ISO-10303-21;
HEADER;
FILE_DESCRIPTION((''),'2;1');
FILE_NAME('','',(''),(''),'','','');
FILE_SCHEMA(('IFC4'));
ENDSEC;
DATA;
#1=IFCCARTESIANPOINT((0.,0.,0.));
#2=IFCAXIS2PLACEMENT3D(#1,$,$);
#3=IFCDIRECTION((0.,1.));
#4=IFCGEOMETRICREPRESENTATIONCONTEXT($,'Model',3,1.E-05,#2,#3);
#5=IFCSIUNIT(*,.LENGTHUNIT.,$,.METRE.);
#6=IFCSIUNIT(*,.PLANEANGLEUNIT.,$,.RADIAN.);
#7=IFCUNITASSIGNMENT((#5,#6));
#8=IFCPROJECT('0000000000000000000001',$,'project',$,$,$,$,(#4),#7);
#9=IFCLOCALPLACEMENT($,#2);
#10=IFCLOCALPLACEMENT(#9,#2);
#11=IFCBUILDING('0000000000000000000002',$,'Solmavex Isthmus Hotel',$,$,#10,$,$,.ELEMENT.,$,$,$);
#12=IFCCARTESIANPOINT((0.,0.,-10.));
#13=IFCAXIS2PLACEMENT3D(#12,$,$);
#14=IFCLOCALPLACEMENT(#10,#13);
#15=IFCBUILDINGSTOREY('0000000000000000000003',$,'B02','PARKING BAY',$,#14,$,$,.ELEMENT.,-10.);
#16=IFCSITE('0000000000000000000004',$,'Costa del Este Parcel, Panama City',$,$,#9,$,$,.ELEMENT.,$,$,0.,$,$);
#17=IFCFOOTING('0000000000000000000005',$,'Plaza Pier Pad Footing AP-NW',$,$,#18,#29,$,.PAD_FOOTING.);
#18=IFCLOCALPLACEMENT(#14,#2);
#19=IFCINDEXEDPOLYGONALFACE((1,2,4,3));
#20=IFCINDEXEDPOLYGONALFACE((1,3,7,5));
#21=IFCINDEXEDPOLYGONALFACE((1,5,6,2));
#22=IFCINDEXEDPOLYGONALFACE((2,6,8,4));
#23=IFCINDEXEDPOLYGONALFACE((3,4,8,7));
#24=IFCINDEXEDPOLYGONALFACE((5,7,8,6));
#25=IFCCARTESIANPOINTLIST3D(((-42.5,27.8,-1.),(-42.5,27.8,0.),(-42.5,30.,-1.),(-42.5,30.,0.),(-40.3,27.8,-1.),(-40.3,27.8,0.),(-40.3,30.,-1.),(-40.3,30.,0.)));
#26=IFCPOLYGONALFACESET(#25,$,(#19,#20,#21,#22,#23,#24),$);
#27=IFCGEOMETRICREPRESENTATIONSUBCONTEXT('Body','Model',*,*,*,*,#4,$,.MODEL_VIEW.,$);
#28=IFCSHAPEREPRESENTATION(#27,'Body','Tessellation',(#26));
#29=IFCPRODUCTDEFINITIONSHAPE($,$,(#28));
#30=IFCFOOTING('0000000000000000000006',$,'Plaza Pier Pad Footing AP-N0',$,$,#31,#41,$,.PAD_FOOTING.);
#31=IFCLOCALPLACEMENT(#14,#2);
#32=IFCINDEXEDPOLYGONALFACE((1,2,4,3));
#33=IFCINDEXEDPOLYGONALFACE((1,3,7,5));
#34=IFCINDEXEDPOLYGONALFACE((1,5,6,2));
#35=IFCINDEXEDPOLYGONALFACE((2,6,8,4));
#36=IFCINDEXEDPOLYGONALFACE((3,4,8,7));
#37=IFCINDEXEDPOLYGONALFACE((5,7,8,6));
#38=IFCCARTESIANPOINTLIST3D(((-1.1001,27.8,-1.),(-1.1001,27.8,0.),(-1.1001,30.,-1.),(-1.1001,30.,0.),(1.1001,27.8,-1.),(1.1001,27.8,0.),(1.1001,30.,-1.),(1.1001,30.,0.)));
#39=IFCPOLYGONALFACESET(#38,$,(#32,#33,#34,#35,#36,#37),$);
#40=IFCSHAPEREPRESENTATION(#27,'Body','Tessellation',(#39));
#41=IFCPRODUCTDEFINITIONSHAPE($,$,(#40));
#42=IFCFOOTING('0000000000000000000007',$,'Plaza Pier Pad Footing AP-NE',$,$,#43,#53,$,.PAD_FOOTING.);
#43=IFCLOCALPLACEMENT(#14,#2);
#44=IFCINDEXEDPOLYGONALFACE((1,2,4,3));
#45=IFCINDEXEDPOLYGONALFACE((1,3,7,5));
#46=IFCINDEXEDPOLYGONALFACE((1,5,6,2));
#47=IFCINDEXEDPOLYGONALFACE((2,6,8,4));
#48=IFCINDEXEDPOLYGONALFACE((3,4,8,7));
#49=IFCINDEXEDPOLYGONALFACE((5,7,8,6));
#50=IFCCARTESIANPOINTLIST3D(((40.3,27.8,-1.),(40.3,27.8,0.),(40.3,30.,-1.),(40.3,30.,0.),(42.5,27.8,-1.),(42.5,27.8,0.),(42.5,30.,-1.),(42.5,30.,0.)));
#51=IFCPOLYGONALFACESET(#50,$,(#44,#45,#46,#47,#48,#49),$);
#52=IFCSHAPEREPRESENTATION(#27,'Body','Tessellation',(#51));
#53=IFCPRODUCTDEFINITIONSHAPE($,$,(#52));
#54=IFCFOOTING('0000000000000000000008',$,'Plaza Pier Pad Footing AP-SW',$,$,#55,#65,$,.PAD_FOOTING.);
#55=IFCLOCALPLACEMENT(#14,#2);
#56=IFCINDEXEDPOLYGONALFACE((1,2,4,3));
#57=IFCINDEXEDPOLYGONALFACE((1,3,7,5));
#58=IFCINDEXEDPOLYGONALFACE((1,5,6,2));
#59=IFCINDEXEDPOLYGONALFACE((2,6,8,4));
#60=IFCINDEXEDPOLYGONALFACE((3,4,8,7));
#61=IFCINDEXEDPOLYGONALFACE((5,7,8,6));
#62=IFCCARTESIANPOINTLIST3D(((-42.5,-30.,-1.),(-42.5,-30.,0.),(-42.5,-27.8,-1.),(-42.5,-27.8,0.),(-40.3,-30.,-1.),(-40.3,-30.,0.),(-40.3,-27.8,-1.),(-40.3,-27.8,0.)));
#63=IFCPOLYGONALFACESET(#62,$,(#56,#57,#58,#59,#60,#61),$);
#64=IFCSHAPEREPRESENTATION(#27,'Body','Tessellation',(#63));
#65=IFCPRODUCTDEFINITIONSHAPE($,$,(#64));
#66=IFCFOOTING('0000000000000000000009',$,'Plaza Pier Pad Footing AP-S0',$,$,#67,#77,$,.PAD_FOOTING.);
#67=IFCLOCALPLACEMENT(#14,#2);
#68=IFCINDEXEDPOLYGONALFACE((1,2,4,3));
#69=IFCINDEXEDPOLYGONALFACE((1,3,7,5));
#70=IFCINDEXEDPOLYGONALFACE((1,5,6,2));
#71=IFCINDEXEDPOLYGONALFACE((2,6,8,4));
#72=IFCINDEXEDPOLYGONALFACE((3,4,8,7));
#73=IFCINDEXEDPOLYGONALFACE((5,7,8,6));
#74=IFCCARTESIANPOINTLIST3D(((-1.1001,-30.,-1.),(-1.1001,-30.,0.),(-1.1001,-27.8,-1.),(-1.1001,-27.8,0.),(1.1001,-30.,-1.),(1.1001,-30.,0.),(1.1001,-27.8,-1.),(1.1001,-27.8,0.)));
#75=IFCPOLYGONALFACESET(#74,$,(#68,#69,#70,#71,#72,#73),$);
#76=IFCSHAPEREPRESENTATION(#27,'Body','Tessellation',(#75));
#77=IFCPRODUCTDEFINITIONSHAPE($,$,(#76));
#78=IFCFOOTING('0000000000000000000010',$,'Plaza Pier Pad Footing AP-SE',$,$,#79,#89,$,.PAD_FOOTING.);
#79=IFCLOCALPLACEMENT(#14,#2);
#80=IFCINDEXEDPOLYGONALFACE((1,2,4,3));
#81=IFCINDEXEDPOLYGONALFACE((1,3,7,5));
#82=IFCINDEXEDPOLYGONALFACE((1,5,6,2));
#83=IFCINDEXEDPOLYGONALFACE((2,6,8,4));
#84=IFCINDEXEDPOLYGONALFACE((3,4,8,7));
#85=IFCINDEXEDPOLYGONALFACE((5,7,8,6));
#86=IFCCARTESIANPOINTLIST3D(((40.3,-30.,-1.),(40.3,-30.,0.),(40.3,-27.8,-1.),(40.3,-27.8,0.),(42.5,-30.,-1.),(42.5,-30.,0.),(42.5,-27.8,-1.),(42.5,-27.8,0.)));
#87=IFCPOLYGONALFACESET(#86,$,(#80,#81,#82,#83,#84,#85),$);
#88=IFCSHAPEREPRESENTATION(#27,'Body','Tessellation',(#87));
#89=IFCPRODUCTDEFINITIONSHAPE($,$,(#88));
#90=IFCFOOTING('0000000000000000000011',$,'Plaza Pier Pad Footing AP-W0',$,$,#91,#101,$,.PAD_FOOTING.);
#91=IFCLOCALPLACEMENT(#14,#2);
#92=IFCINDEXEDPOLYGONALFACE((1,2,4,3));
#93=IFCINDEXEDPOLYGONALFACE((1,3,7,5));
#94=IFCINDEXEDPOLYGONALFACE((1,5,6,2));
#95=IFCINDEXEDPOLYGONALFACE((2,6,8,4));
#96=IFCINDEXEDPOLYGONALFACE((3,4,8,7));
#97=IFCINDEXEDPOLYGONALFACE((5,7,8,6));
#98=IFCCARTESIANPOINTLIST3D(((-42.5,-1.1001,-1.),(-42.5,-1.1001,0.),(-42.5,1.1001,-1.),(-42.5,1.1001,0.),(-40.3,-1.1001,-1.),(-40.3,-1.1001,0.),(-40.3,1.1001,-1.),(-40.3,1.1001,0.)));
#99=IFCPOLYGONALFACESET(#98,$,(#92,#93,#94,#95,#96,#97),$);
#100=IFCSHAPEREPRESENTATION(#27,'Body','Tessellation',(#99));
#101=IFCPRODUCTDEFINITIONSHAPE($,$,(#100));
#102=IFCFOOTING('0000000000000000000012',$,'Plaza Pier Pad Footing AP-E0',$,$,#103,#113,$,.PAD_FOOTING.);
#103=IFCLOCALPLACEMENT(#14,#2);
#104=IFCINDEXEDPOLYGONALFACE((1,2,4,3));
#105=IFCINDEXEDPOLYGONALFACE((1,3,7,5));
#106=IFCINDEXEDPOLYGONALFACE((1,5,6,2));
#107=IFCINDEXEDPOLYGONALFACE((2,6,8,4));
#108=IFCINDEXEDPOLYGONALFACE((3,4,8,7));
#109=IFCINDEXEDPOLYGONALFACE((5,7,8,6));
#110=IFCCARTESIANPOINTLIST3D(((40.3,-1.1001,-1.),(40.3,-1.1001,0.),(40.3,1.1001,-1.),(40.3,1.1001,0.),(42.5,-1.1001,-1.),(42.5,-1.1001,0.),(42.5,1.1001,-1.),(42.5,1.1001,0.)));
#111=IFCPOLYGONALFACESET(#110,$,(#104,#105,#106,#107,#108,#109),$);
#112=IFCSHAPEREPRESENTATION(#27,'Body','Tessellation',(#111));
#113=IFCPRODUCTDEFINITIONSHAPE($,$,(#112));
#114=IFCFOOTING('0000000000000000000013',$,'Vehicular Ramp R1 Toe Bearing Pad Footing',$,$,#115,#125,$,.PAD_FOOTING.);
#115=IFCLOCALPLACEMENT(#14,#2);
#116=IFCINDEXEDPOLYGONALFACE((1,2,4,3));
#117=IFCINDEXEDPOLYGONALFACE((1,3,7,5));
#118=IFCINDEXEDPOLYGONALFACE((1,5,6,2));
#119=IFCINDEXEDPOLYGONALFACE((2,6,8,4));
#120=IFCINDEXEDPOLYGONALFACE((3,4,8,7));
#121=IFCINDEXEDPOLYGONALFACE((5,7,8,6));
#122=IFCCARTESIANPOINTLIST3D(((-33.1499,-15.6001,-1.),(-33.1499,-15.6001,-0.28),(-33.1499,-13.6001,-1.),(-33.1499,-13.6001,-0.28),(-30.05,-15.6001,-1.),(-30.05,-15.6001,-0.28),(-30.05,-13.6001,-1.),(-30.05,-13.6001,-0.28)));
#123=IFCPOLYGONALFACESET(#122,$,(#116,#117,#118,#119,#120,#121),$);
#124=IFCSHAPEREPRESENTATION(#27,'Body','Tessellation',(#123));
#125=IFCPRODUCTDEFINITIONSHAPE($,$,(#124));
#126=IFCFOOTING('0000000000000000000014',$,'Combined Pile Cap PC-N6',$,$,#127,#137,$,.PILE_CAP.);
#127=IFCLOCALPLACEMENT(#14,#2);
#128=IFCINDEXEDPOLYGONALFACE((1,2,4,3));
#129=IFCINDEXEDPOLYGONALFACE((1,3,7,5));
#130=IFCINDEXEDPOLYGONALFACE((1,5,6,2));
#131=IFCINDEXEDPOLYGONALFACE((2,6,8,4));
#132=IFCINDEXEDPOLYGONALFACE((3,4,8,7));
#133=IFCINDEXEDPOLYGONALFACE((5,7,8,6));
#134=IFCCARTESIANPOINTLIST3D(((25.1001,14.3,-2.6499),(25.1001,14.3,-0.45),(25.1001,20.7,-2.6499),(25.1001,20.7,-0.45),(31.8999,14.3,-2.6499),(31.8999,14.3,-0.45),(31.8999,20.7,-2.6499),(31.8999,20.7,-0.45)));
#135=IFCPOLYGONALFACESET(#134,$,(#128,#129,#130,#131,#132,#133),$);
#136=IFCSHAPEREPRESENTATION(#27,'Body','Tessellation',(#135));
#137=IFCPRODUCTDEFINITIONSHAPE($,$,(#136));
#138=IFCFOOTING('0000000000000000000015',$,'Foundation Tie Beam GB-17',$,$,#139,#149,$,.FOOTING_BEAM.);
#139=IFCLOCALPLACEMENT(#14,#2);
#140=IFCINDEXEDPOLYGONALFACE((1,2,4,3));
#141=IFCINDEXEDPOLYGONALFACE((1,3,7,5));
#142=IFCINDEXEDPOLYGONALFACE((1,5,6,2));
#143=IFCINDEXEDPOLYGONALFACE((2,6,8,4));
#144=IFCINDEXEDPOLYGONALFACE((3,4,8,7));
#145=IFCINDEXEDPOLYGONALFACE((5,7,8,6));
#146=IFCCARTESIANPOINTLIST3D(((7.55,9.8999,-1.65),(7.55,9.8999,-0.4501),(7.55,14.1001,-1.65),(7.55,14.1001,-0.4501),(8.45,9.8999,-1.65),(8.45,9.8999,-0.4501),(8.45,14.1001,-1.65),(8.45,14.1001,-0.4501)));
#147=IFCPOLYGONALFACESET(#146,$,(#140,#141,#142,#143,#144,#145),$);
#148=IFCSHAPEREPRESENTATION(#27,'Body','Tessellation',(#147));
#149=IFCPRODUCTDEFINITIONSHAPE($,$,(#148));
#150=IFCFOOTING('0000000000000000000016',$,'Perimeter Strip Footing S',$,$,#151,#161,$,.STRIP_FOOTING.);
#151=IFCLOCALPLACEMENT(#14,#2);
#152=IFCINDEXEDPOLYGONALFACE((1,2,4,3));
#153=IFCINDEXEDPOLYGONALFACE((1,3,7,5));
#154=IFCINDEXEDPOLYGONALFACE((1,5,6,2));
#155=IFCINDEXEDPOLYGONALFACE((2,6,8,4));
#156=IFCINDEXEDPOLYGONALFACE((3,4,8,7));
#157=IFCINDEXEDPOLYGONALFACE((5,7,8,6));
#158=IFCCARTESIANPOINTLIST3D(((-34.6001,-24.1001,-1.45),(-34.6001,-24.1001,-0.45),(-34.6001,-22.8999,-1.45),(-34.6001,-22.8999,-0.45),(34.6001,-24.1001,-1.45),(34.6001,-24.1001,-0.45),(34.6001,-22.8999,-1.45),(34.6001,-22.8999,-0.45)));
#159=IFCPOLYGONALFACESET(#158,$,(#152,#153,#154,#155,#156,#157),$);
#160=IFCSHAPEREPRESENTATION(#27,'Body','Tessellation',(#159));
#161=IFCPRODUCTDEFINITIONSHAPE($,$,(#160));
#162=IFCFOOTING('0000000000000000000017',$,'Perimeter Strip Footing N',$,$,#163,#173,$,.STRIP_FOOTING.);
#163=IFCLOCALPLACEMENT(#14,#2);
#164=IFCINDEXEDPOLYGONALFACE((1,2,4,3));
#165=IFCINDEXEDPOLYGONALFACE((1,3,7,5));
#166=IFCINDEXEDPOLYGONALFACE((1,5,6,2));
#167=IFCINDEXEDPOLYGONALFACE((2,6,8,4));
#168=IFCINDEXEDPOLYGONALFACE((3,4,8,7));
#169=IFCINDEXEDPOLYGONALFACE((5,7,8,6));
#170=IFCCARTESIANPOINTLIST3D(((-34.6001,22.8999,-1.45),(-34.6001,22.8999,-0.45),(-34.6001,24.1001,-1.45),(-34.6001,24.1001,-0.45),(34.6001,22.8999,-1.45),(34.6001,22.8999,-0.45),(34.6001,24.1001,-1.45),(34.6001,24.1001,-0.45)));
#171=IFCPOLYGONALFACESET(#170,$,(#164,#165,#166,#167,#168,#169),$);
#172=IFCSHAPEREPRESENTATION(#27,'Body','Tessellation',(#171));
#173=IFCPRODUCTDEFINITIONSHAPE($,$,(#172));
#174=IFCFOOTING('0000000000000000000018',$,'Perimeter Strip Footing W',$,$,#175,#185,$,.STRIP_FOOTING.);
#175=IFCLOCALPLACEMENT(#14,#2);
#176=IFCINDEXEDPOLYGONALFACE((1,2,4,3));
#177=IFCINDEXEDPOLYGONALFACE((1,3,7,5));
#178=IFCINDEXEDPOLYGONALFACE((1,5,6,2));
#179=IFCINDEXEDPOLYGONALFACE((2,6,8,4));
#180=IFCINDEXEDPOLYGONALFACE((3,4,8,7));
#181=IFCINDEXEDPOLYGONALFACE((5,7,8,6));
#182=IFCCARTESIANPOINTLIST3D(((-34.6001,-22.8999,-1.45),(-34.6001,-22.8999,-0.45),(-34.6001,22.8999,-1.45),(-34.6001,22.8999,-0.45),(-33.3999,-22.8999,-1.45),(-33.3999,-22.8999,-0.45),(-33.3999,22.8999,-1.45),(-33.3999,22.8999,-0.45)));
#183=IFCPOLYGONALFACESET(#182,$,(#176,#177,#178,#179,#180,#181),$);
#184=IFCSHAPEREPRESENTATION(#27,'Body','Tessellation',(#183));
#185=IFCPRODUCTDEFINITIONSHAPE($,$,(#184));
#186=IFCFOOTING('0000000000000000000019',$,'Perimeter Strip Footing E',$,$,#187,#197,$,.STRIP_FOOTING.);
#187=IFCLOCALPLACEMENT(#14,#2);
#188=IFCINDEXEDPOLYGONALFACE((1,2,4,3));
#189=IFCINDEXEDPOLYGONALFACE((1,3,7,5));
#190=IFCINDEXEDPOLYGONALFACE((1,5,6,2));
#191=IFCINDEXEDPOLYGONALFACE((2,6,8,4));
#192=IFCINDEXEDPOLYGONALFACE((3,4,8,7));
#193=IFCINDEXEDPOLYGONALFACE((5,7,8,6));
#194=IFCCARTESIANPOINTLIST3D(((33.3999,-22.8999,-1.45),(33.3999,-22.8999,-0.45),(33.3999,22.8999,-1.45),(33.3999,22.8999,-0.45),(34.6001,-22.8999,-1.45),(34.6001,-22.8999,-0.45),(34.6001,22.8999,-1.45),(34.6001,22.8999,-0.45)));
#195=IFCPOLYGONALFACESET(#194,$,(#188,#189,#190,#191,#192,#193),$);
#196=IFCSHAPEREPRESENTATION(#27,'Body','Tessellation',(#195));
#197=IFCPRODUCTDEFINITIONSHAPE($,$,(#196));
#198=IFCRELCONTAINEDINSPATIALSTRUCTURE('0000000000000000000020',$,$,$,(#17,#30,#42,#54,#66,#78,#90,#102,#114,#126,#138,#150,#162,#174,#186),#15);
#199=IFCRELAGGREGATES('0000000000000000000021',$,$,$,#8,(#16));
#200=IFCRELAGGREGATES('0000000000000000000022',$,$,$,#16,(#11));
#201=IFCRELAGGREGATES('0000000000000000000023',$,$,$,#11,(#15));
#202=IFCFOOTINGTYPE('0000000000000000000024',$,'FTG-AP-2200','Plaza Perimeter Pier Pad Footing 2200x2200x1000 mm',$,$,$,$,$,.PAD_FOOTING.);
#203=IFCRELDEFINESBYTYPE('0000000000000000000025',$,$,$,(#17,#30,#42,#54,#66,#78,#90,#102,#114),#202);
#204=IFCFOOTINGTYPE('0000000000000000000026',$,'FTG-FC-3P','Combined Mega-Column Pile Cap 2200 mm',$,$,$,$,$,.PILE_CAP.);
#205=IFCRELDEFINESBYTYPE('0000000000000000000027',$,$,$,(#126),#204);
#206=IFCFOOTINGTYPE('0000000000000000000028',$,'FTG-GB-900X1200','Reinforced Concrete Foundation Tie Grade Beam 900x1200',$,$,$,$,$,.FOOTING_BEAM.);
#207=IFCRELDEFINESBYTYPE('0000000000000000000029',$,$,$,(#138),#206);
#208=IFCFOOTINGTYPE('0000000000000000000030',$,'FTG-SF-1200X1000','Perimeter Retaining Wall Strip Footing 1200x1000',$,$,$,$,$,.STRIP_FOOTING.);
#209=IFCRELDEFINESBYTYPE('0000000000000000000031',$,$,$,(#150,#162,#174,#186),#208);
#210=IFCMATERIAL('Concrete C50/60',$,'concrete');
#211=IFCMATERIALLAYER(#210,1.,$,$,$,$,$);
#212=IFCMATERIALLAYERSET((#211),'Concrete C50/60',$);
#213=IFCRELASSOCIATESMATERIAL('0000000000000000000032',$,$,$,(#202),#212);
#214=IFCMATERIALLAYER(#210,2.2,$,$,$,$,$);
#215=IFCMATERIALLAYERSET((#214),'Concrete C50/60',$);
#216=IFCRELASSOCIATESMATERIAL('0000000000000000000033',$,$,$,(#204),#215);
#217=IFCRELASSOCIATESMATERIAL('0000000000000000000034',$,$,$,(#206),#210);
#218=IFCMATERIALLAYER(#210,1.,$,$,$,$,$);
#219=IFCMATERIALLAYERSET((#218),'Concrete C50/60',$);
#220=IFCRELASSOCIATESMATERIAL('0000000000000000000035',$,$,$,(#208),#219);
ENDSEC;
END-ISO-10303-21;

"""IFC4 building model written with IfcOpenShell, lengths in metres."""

from ifc_helpers import new_model, si_unit, direction, frame, origin, origin_2d, place, context, subcontext, project, spatial, polyline, rectangle, outline, extrude, material, layer, layer_set, type_object, element, save


model = new_model("IFC4")

# Units and contexts
model_context = context("Model", 3, precision=1e-05, world=origin(), true_north=direction((0.0, 1.0)))
body_context = subcontext(model_context, "Body", "Model", "MODEL_VIEW")
ifc_project = project(units=[si_unit("LENGTHUNIT", "METRE"), si_unit("PLANEANGLEUNIT", "RADIAN")], contexts=[model_context])

# Site, building, storey
site_placement = place(None, origin())
site = spatial("IfcSite", under=ifc_project, at=site_placement, Name="Costa del Este Parcel, Panama City", CompositionType="ELEMENT", RefElevation=0.0)
building_placement = place(site_placement, origin())
building = spatial("IfcBuilding", under=site, at=building_placement, Name="Solmavex Isthmus Hotel", CompositionType="ELEMENT")
storey_placement = place(building_placement, frame((0.0, 0.0, -10.0)))
storey = spatial("IfcBuildingStorey", under=building, at=storey_placement, Name="B02", Description="PARKING BAY", CompositionType="ELEMENT", Elevation=-10.0)

# Footings
ifc_material_1 = material(Name="Concrete C50/60", Category="concrete")
ifc_layer_1 = layer(ifc_material_1, 1.0)
ifc_layer_set_1 = layer_set([ifc_layer_1], Name="Concrete C50/60")
footing_type_1 = type_object("IfcFootingType", Name="FTG-AP-2200", Description="Plaza Perimeter Pier Pad Footing 2200x2200x1000 mm", PredefinedType="PAD_FOOTING", material=ifc_layer_set_1)
footing_1_placement = place(storey_placement, frame((0.0, 0.0, -1.0)))
element("IfcFooting", 1, at=footing_1_placement, inside=storey, type_object=footing_type_1, Name="Plaza Pier Pad Footing AP-NW", PredefinedType="PAD_FOOTING", context=body_context, shape_type="SweptSolid", body=[
    extrude(outline(polyline([(-42.5, 27.8), (-40.3, 27.8), (-40.3, 30.0), (-42.5, 30.0), (-42.5, 27.8)])), origin(), (0.0, 0.0, 1.0), 1.0),
])
footing_2_placement = place(storey_placement, frame((0.0, 0.0, -1.0)))
element("IfcFooting", 2, at=footing_2_placement, inside=storey, type_object=footing_type_1, Name="Plaza Pier Pad Footing AP-N0", PredefinedType="PAD_FOOTING", context=body_context, shape_type="SweptSolid", body=[
    extrude(outline(polyline([(-1.1001, 27.8), (1.1001, 27.8), (1.1001, 30.0), (-1.1001, 30.0), (-1.1001, 27.8)])), origin(), (0.0, 0.0, 1.0), 1.0),
])
footing_3_placement = place(storey_placement, frame((0.0, 0.0, -1.0)))
element("IfcFooting", 3, at=footing_3_placement, inside=storey, type_object=footing_type_1, Name="Plaza Pier Pad Footing AP-NE", PredefinedType="PAD_FOOTING", context=body_context, shape_type="SweptSolid", body=[
    extrude(outline(polyline([(40.3, 27.8), (42.5, 27.8), (42.5, 30.0), (40.3, 30.0), (40.3, 27.8)])), origin(), (0.0, 0.0, 1.0), 1.0),
])
footing_4_placement = place(storey_placement, frame((0.0, 0.0, -1.0)))
element("IfcFooting", 4, at=footing_4_placement, inside=storey, type_object=footing_type_1, Name="Plaza Pier Pad Footing AP-SW", PredefinedType="PAD_FOOTING", context=body_context, shape_type="SweptSolid", body=[
    extrude(outline(polyline([(-42.5, -30.0), (-40.3, -30.0), (-40.3, -27.8), (-42.5, -27.8), (-42.5, -30.0)])), origin(), (0.0, 0.0, 1.0), 1.0),
])
footing_5_placement = place(storey_placement, frame((0.0, 0.0, -1.0)))
element("IfcFooting", 5, at=footing_5_placement, inside=storey, type_object=footing_type_1, Name="Plaza Pier Pad Footing AP-S0", PredefinedType="PAD_FOOTING", context=body_context, shape_type="SweptSolid", body=[
    extrude(outline(polyline([(-1.1001, -30.0), (1.1001, -30.0), (1.1001, -27.8), (-1.1001, -27.8), (-1.1001, -30.0)])), origin(), (0.0, 0.0, 1.0), 1.0),
])
footing_6_placement = place(storey_placement, frame((0.0, 0.0, -1.0)))
element("IfcFooting", 6, at=footing_6_placement, inside=storey, type_object=footing_type_1, Name="Plaza Pier Pad Footing AP-SE", PredefinedType="PAD_FOOTING", context=body_context, shape_type="SweptSolid", body=[
    extrude(outline(polyline([(40.3, -30.0), (42.5, -30.0), (42.5, -27.8), (40.3, -27.8), (40.3, -30.0)])), origin(), (0.0, 0.0, 1.0), 1.0),
])
footing_7_placement = place(storey_placement, frame((0.0, 0.0, -1.0)))
element("IfcFooting", 7, at=footing_7_placement, inside=storey, type_object=footing_type_1, Name="Plaza Pier Pad Footing AP-W0", PredefinedType="PAD_FOOTING", context=body_context, shape_type="SweptSolid", body=[
    extrude(outline(polyline([(-42.5, -1.1001), (-40.3, -1.1001), (-40.3, 1.1001), (-42.5, 1.1001), (-42.5, -1.1001)])), origin(), (0.0, 0.0, 1.0), 1.0),
])
footing_8_placement = place(storey_placement, frame((0.0, 0.0, -1.0)))
element("IfcFooting", 8, at=footing_8_placement, inside=storey, type_object=footing_type_1, Name="Plaza Pier Pad Footing AP-E0", PredefinedType="PAD_FOOTING", context=body_context, shape_type="SweptSolid", body=[
    extrude(outline(polyline([(40.3, -1.1001), (42.5, -1.1001), (42.5, 1.1001), (40.3, 1.1001), (40.3, -1.1001)])), origin(), (0.0, 0.0, 1.0), 1.0),
])
footing_9_placement = place(storey_placement, frame((0.0, 0.0, -1.0)))
element("IfcFooting", 9, at=footing_9_placement, inside=storey, type_object=footing_type_1, Name="Vehicular Ramp R1 Toe Bearing Pad Footing", PredefinedType="PAD_FOOTING", context=body_context, shape_type="SweptSolid", body=[
    extrude(outline(polyline([(-33.1499, -15.6001), (-30.05, -15.6001), (-30.05, -13.6001), (-33.1499, -13.6001), (-33.1499, -15.6001)])), origin(), (0.0, 0.0, 1.0), 0.72),
])
ifc_layer_2 = layer(ifc_material_1, 2.2)
ifc_layer_set_2 = layer_set([ifc_layer_2], Name="Concrete C50/60")
footing_type_2 = type_object("IfcFootingType", Name="FTG-FC-3P", Description="Combined Mega-Column Pile Cap 2200 mm", PredefinedType="PILE_CAP", material=ifc_layer_set_2)
footing_10_placement = place(storey_placement, frame((0.0, 0.0, -2.6499)))
element("IfcFooting", 10, at=footing_10_placement, inside=storey, type_object=footing_type_2, Name="Combined Pile Cap PC-N6", PredefinedType="PILE_CAP", context=body_context, shape_type="SweptSolid", body=[
    extrude(outline(polyline([(25.1001, 14.3), (31.8999, 14.3), (31.8999, 20.7), (25.1001, 20.7), (25.1001, 14.3)])), origin(), (0.0, 0.0, 1.0), 2.2),
])
footing_type_3 = type_object("IfcFootingType", Name="FTG-GB-900X1200", Description="Reinforced Concrete Foundation Tie Grade Beam 900x1200", PredefinedType="FOOTING_BEAM", material=ifc_material_1)
footing_11_placement = place(storey_placement, frame((8.0, 9.8999, -1.05), z_axis=(0.0, 1.0, 0.0), x_axis=(-1.0, 0.0, 0.0)))
element("IfcFooting", 11, at=footing_11_placement, inside=storey, type_object=footing_type_3, Name="Foundation Tie Beam GB-17", PredefinedType="FOOTING_BEAM", context=body_context, shape_type="SweptSolid", body=[
    extrude(rectangle(XDim=0.8999, YDim=1.2, at=origin_2d()), origin(), (0.0, 0.0, 1.0), 4.2002),
])
ifc_layer_3 = layer(ifc_material_1, 1.0)
ifc_layer_set_3 = layer_set([ifc_layer_3], Name="Concrete C50/60")
footing_type_4 = type_object("IfcFootingType", Name="FTG-SF-1200X1000", Description="Perimeter Retaining Wall Strip Footing 1200x1000", PredefinedType="STRIP_FOOTING", material=ifc_layer_set_3)
footing_12_placement = place(storey_placement, frame((0.0, 0.0, -1.45)))
element("IfcFooting", 12, at=footing_12_placement, inside=storey, type_object=footing_type_4, Name="Perimeter Strip Footing S", PredefinedType="STRIP_FOOTING", context=body_context, shape_type="SweptSolid", body=[
    extrude(outline(polyline([(-34.6001, -24.1001), (34.6001, -24.1001), (34.6001, -22.8999), (-34.6001, -22.8999), (-34.6001, -24.1001)])), origin(), (0.0, 0.0, 1.0), 1.0),
])
footing_13_placement = place(storey_placement, frame((0.0, 0.0, -1.45)))
element("IfcFooting", 13, at=footing_13_placement, inside=storey, type_object=footing_type_4, Name="Perimeter Strip Footing N", PredefinedType="STRIP_FOOTING", context=body_context, shape_type="SweptSolid", body=[
    extrude(outline(polyline([(-34.6001, 22.8999), (34.6001, 22.8999), (34.6001, 24.1001), (-34.6001, 24.1001), (-34.6001, 22.8999)])), origin(), (0.0, 0.0, 1.0), 1.0),
])
footing_14_placement = place(storey_placement, frame((0.0, 0.0, -1.45)))
element("IfcFooting", 14, at=footing_14_placement, inside=storey, type_object=footing_type_4, Name="Perimeter Strip Footing W", PredefinedType="STRIP_FOOTING", context=body_context, shape_type="SweptSolid", body=[
    extrude(outline(polyline([(-34.6001, -22.8999), (-33.3999, -22.8999), (-33.3999, 22.8999), (-34.6001, 22.8999), (-34.6001, -22.8999)])), origin(), (0.0, 0.0, 1.0), 1.0),
])
footing_15_placement = place(storey_placement, frame((0.0, 0.0, -1.45)))
element("IfcFooting", 15, at=footing_15_placement, inside=storey, type_object=footing_type_4, Name="Perimeter Strip Footing E", PredefinedType="STRIP_FOOTING", context=body_context, shape_type="SweptSolid", body=[
    extrude(outline(polyline([(33.3999, -22.8999), (34.6001, -22.8999), (34.6001, 22.8999), (33.3999, 22.8999), (33.3999, -22.8999)])), origin(), (0.0, 0.0, 1.0), 1.0),
])

save(model, "model.ifc")
